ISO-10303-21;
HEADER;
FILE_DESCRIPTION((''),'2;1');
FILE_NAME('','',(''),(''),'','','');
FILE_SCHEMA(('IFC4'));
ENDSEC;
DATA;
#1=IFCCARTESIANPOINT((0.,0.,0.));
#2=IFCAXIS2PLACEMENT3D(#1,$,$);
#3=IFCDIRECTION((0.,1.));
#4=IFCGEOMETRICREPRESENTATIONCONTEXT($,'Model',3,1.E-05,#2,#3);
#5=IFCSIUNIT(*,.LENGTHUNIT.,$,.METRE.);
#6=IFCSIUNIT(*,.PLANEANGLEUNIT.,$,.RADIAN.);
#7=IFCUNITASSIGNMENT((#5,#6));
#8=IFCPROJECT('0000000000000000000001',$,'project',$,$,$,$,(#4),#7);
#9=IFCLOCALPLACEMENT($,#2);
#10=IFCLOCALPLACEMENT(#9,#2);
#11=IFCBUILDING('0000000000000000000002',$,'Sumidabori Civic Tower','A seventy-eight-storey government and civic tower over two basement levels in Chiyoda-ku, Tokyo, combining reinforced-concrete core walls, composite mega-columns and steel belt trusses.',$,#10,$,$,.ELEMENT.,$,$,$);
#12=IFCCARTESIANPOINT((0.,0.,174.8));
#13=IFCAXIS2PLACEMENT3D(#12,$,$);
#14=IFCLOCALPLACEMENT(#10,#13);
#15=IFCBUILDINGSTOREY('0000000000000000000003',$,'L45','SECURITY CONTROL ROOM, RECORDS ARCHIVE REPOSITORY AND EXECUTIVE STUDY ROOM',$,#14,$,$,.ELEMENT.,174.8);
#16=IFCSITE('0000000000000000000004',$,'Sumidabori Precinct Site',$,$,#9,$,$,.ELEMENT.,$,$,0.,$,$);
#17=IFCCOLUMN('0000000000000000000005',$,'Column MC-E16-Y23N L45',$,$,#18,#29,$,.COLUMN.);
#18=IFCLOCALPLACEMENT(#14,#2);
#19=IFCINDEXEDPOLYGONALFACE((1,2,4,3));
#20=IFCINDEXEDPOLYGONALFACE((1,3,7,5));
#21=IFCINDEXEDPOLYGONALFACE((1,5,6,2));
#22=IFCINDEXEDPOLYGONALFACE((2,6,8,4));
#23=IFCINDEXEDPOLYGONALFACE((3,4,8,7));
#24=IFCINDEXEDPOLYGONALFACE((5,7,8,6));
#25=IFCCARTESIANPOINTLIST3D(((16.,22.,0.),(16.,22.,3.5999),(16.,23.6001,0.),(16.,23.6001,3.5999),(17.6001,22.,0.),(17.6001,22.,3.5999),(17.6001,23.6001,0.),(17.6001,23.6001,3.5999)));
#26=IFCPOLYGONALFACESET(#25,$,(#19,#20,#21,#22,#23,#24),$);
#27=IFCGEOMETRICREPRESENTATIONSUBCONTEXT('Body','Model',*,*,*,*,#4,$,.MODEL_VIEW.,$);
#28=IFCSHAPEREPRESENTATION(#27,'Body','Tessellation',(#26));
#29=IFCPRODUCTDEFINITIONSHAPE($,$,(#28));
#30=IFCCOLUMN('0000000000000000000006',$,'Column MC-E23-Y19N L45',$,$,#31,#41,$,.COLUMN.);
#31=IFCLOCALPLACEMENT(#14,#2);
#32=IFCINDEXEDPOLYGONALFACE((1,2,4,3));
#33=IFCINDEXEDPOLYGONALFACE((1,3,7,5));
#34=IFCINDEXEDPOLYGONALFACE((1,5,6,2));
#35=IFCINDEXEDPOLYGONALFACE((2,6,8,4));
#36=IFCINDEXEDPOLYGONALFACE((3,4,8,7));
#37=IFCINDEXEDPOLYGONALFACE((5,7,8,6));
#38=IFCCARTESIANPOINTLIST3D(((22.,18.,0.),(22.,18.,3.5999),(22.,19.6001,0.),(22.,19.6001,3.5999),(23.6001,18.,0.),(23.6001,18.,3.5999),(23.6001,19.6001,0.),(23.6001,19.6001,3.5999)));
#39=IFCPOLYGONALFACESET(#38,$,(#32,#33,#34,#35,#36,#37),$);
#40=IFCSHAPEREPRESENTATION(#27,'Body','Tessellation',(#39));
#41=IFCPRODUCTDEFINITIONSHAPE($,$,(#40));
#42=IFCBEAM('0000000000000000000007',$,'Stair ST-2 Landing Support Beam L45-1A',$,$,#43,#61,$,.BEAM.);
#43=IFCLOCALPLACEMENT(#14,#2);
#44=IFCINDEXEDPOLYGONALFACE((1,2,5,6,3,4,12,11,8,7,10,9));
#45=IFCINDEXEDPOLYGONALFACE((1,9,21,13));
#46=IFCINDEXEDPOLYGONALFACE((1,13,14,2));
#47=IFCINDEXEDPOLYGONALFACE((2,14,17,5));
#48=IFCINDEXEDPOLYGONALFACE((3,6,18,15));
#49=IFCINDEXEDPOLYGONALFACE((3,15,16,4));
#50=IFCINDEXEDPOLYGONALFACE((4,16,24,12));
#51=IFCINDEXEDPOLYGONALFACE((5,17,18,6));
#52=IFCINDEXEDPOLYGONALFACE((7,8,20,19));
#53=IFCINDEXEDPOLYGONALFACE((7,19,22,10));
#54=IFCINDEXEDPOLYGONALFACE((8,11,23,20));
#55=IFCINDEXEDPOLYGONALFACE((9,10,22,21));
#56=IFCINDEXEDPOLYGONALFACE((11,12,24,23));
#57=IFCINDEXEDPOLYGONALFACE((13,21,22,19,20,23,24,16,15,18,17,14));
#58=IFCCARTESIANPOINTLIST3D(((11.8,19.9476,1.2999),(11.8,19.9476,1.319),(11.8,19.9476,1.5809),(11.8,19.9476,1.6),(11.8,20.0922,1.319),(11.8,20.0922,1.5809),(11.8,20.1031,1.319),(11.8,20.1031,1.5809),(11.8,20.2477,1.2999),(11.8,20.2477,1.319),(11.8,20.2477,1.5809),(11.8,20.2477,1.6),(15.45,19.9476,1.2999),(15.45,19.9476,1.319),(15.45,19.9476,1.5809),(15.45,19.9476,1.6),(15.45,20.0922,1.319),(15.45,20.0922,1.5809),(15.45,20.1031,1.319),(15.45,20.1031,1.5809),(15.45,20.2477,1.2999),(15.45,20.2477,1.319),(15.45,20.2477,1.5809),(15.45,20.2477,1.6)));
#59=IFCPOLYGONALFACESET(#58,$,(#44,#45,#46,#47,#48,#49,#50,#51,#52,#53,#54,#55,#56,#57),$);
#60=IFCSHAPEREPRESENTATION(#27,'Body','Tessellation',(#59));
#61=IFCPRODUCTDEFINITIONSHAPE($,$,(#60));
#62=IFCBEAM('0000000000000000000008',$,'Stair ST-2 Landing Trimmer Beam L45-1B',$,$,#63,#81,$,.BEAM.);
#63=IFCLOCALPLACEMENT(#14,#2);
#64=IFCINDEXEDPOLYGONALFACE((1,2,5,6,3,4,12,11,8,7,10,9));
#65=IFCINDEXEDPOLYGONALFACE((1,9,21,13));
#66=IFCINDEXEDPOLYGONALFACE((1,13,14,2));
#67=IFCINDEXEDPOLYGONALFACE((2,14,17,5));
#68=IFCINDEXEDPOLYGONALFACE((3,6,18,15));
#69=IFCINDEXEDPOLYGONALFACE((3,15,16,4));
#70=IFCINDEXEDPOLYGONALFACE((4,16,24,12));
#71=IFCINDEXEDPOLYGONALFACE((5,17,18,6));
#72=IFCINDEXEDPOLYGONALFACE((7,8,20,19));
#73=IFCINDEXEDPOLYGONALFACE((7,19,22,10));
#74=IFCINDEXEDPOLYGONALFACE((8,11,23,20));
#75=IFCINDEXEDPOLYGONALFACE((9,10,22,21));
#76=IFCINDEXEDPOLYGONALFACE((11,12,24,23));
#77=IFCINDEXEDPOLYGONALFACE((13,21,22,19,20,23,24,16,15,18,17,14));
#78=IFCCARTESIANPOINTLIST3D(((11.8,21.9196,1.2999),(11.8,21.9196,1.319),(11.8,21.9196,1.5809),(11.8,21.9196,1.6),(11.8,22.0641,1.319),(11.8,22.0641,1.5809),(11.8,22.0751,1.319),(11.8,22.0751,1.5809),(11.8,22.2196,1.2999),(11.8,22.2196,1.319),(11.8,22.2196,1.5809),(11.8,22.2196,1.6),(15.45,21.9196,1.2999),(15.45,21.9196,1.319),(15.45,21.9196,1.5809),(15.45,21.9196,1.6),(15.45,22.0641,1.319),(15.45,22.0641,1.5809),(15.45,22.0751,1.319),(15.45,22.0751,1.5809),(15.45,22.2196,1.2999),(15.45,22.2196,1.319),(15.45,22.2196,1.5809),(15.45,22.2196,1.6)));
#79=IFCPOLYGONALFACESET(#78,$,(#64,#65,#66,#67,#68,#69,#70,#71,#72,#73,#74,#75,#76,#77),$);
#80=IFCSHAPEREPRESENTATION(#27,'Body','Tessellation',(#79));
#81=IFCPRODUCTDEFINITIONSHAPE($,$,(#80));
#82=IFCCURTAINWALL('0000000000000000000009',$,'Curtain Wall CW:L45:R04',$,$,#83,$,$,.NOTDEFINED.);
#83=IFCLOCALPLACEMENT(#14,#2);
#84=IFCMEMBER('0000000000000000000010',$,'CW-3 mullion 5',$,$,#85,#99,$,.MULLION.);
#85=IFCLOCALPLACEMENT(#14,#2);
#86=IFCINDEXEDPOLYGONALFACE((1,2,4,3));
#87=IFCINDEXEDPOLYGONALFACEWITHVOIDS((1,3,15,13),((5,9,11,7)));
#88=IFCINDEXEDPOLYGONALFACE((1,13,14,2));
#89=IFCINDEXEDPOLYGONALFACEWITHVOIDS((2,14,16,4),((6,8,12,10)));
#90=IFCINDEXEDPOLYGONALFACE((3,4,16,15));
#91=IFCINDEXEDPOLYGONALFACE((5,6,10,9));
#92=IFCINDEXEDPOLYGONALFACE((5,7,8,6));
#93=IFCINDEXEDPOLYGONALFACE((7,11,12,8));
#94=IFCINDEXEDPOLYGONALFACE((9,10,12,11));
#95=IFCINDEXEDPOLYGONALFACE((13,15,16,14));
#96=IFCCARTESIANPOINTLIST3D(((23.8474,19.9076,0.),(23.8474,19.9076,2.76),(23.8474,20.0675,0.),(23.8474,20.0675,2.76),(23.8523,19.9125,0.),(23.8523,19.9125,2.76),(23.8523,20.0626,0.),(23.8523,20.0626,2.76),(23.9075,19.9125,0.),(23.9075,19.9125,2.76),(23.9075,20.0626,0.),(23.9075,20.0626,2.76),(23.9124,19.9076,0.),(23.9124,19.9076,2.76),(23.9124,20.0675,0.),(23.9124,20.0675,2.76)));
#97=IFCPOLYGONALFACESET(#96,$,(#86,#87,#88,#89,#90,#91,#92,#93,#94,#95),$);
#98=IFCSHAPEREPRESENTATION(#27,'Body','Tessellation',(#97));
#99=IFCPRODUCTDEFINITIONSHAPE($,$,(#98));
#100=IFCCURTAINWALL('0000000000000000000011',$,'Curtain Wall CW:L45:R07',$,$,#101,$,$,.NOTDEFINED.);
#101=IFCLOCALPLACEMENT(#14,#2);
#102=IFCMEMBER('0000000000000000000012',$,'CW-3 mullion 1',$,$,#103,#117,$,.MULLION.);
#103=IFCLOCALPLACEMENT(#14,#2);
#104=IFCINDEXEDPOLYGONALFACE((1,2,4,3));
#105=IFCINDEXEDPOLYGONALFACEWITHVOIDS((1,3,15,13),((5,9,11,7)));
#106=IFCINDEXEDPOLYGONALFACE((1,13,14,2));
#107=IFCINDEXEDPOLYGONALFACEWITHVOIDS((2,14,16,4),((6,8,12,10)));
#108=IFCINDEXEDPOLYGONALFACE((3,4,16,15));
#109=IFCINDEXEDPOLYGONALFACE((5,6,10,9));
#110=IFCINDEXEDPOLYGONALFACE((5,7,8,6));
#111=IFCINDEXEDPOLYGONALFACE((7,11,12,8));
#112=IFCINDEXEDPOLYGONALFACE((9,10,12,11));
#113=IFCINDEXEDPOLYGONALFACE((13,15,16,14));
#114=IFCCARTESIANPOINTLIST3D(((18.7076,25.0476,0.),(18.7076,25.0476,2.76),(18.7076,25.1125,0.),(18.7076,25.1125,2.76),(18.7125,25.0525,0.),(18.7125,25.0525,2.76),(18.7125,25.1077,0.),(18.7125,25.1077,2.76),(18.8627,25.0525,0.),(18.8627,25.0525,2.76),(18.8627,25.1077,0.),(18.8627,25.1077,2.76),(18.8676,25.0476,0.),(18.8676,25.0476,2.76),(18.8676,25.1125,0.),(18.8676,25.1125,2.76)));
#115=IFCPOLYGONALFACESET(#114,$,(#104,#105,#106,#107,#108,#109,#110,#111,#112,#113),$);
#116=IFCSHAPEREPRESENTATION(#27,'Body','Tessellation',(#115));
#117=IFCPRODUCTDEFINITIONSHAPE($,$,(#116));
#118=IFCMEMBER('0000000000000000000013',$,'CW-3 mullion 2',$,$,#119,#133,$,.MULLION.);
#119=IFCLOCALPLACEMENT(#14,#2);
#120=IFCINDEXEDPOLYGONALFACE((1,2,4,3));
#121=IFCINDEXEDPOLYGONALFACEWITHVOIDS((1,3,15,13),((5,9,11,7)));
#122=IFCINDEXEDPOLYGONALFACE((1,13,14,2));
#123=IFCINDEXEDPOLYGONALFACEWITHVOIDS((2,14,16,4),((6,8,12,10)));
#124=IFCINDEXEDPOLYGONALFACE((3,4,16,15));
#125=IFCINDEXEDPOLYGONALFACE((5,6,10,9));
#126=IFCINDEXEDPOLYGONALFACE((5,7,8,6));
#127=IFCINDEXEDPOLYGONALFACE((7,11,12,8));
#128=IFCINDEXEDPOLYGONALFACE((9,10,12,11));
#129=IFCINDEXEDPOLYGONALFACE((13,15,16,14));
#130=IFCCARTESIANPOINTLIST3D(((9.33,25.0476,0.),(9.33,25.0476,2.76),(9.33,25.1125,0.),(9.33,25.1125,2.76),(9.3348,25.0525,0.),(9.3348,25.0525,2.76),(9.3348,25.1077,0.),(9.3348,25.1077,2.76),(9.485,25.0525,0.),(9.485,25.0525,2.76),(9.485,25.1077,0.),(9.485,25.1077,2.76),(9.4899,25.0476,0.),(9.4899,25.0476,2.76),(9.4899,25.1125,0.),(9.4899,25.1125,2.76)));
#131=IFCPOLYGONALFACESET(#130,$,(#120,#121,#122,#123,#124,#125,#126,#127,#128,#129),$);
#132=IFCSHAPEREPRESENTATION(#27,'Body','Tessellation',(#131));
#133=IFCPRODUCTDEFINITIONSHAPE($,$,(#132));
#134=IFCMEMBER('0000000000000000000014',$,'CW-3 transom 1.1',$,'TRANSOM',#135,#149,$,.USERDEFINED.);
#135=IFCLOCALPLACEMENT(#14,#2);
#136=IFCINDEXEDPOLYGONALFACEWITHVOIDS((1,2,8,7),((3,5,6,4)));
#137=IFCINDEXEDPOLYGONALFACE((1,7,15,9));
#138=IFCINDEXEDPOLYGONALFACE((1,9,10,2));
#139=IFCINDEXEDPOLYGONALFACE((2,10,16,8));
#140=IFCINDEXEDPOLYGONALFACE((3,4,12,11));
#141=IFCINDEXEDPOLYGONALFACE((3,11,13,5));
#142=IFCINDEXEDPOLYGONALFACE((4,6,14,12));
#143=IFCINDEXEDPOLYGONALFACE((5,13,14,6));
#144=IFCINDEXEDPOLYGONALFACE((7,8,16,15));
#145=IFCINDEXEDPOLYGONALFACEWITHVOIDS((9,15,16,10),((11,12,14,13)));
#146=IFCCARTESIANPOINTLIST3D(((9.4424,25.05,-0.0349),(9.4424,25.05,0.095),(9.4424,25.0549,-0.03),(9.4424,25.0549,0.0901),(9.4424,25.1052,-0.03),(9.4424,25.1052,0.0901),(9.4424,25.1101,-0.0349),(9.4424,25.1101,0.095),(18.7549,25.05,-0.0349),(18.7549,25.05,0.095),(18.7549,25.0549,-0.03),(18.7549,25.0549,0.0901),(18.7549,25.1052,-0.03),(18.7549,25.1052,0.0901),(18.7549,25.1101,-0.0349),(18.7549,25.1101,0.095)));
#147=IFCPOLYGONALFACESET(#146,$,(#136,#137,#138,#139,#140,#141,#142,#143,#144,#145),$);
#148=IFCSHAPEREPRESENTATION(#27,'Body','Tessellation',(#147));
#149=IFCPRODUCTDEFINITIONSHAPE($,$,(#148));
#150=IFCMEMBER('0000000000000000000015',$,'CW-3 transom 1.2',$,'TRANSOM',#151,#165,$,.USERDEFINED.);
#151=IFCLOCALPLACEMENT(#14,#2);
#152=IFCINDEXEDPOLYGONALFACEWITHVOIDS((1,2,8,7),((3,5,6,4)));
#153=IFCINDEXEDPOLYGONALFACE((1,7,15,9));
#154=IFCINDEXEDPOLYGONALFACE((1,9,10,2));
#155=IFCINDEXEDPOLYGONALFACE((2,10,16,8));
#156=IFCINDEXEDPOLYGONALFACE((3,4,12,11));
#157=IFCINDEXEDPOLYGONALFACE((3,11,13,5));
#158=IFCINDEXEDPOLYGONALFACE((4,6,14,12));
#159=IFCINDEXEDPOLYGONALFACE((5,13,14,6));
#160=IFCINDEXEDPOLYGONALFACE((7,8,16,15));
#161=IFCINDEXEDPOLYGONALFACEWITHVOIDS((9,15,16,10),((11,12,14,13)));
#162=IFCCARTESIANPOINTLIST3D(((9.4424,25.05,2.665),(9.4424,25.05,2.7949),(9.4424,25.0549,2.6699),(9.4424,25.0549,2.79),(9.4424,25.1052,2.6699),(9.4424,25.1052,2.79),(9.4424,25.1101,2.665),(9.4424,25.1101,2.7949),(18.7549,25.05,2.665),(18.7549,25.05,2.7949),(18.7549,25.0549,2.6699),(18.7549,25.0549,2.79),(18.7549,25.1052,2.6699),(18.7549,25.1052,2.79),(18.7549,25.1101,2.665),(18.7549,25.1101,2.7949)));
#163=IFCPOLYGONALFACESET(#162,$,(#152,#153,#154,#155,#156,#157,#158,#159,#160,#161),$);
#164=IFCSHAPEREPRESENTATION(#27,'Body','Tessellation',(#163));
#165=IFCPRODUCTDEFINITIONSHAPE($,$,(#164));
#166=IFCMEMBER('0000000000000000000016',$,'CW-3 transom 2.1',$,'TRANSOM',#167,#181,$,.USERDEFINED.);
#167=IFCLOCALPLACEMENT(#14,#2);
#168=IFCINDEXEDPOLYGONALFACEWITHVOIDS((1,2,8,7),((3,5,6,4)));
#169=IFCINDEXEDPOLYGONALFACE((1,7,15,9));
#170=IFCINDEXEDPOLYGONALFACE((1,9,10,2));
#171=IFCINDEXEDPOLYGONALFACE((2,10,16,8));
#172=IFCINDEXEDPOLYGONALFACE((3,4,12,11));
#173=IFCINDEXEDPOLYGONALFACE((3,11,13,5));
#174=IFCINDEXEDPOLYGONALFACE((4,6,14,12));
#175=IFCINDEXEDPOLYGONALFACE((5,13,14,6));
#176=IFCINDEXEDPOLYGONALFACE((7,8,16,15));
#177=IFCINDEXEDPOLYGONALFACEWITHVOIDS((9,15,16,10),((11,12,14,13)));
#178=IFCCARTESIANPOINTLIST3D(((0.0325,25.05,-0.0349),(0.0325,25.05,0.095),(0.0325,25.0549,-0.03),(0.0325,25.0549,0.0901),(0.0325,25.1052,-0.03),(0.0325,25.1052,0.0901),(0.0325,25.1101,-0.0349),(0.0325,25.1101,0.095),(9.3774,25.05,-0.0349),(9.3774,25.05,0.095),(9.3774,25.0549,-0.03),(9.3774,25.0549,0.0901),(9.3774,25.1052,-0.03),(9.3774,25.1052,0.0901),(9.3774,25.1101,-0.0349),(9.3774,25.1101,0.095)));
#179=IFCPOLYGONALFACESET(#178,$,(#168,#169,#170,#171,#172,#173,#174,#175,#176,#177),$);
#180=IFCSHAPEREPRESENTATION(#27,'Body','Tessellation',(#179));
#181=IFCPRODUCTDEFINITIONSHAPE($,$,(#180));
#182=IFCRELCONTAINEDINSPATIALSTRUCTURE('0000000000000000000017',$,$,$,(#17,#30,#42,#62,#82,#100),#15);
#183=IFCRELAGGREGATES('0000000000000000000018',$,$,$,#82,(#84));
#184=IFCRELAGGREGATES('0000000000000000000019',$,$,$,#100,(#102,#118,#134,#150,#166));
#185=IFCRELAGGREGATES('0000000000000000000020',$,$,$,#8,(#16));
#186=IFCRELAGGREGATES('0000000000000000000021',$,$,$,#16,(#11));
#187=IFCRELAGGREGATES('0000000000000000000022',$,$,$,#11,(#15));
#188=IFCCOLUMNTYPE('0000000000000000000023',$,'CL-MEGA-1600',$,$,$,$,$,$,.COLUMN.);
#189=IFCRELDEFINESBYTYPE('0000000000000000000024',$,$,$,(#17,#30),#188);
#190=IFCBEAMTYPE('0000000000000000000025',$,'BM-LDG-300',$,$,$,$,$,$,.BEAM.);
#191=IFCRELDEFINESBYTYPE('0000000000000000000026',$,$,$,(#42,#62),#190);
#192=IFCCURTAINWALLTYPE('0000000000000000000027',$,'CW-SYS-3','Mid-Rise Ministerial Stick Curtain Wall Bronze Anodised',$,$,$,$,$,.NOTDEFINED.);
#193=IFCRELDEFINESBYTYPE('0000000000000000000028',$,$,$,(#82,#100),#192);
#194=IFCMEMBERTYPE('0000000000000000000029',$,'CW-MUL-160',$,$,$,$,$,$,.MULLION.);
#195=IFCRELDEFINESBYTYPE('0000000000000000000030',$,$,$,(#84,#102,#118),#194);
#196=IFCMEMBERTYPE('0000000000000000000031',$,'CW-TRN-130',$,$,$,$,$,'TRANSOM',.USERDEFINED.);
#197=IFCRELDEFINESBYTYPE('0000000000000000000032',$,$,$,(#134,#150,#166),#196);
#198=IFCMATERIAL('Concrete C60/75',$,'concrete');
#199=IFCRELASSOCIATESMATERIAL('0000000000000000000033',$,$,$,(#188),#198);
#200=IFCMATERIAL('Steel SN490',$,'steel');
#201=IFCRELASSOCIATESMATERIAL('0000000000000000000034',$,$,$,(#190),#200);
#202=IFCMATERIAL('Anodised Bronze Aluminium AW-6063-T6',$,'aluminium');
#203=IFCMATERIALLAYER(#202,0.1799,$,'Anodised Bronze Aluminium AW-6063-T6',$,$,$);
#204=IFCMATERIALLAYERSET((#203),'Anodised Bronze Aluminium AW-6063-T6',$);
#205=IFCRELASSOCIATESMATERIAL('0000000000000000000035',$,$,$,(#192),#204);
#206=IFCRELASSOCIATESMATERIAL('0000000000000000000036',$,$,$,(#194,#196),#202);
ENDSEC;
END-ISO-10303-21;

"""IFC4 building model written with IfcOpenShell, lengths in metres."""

from ifc_helpers import new_model, si_unit, direction, frame, origin, origin_2d, place, context, subcontext, project, spatial, rectangle, hollow_rectangle, i_section, extrude, source, transform, mapped, material, layer, layer_set, material_profile, profile_set, type_object, element, aggregate, save


model = new_model("IFC4")

# Units and contexts
model_context = context("Model", 3, precision=1e-05, world=origin(), true_north=direction((0.0, 1.0)))
body_context = subcontext(model_context, "Body", "Model", "MODEL_VIEW")
ifc_project = project(units=[si_unit("LENGTHUNIT", "METRE"), si_unit("PLANEANGLEUNIT", "RADIAN")], contexts=[model_context])

# Site, building, storey
site_placement = place(None, origin())
site = spatial("IfcSite", under=ifc_project, at=site_placement, Name="Sumidabori Precinct Site", CompositionType="ELEMENT", RefElevation=0.0)
building_placement = place(site_placement, origin())
building = spatial("IfcBuilding", under=site, at=building_placement, Name="Sumidabori Civic Tower", Description="A seventy-eight-storey government and civic tower over two basement levels in Chiyoda-ku, Tokyo, combining reinforced-concrete core walls, composite mega-columns and steel belt trusses.", CompositionType="ELEMENT")
storey_placement = place(building_placement, frame((0.0, 0.0, 174.8)))
storey = spatial("IfcBuildingStorey", under=building, at=storey_placement, Name="L45", Description="SECURITY CONTROL ROOM, RECORDS ARCHIVE REPOSITORY AND EXECUTIVE STUDY ROOM", CompositionType="ELEMENT", Elevation=174.8)

# Columns
ifc_material_1 = material(Name="Concrete C60/75", Category="concrete")
ifc_material_profile_1 = material_profile(ifc_material_1, rectangle(XDim=1.6001, YDim=1.6001, at=origin_2d()), Name="RC 1600x1600")
ifc_profile_set_1 = profile_set([ifc_material_profile_1], Name="Concrete C60/75")
column_type = type_object("IfcColumnType", Name="CL-MEGA-1600", PredefinedType="COLUMN", material=ifc_profile_set_1)
shared_shape_1 = source(origin(), body_context, "Body", "SweptSolid", [
    extrude(rectangle(XDim=1.6001, YDim=1.6001, at=origin_2d()), origin(), (0.0, 0.0, 1.0), 3.5999),
])
for number, where, z_axis, x_axis, name in (
    (1, (16.8, 22.8, 0.0), (0.0, 0.0, 1.0), (1.0, 0.0, 0.0), "Column MC-E16-Y23N L45"),
    (2, (22.8, 18.8, 0.0), (0.0, 0.0, 1.0), (1.0, 0.0, 0.0), "Column MC-E23-Y19N L45"),
):
    element("IfcColumn", number, at=place(storey_placement, frame(where, z_axis=z_axis, x_axis=x_axis)), inside=storey, type_object=column_type, Name=name, PredefinedType="COLUMN", context=body_context, shape_type="MappedRepresentation", body=[
        mapped(shared_shape_1, transform((0.0, 0.0, 0.0), x_axis=(1.0, 0.0, 0.0), y_axis=(0.0, 1.0, 0.0), z_axis=(0.0, 0.0, 1.0), scale=1.0)),
    ])

# Beams
ifc_material_2 = material(Name="Steel SN490", Category="steel")
ifc_material_profile_2 = material_profile(ifc_material_2, i_section(OverallWidth=0.3, OverallDepth=0.3, WebThickness=0.011, FlangeThickness=0.019, at=origin_2d()), Name="HE 300 B")
ifc_profile_set_2 = profile_set([ifc_material_profile_2], Name="Steel SN490")
beam_type = type_object("IfcBeamType", Name="BM-LDG-300", PredefinedType="BEAM", material=ifc_profile_set_2)
shared_shape_2 = source(origin(), body_context, "Body", "SweptSolid", [
    extrude(i_section(OverallWidth=0.3, OverallDepth=0.3, WebThickness=0.011, FlangeThickness=0.019, at=origin_2d()), origin(), (0.0, 0.0, 1.0), 3.6499),
])
for number, where, z_axis, x_axis, name in (
    (3, (11.8, 20.0977, 1.45), (1.0, 0.0, 0.0), (0.0, 1.0, 0.0), "Stair ST-2 Landing Support Beam L45-1A"),
    (4, (11.8, 22.0696, 1.45), (1.0, 0.0, 0.0), (0.0, 1.0, 0.0), "Stair ST-2 Landing Trimmer Beam L45-1B"),
):
    element("IfcBeam", number, at=place(storey_placement, frame(where, z_axis=z_axis, x_axis=x_axis)), inside=storey, type_object=beam_type, Name=name, PredefinedType="BEAM", context=body_context, shape_type="MappedRepresentation", body=[
        mapped(shared_shape_2, transform((0.0, 0.0, 0.0), x_axis=(1.0, 0.0, 0.0), y_axis=(0.0, 1.0, 0.0), z_axis=(0.0, 0.0, 1.0), scale=1.0)),
    ])

# Curtain wall, member
ifc_material_3 = material(Name="Anodised Bronze Aluminium AW-6063-T6", Category="aluminium")
ifc_layer_1 = layer(ifc_material_3, 0.1799, Name="Anodised Bronze Aluminium AW-6063-T6")
ifc_layer_set_1 = layer_set([ifc_layer_1], Name="Anodised Bronze Aluminium AW-6063-T6")
curtain_wall_type = type_object("IfcCurtainWallType", Name="CW-SYS-3", Description="Mid-Rise Ministerial Stick Curtain Wall Bronze Anodised", PredefinedType="NOTDEFINED", material=ifc_layer_set_1)
curtain_wall_1_placement = place(storey_placement, origin())
curtain_wall_1 = element("IfcCurtainWall", 5, at=curtain_wall_1_placement, inside=storey, type_object=curtain_wall_type, Name="Curtain Wall CW:L45:R04", PredefinedType="NOTDEFINED")
ifc_material_profile_3 = material_profile(ifc_material_3, hollow_rectangle(XDim=0.0649, YDim=0.1599, WallThickness=0.0049, at=origin_2d()), Name="ALU MULLION 160x65")
ifc_profile_set_3 = profile_set([ifc_material_profile_3], Name="Anodised Bronze Aluminium AW-6063-T6")
member_type_1 = type_object("IfcMemberType", Name="CW-MUL-160", PredefinedType="MULLION", material=ifc_profile_set_3)
shared_shape_3 = source(origin(), body_context, "Body", "SweptSolid", [
    extrude(hollow_rectangle(XDim=0.0649, YDim=0.1599, WallThickness=0.0049, at=origin_2d()), origin(), (0.0, 0.0, 1.0), 2.76),
])
member_1_placement = place(storey_placement, frame((23.8799, 19.9875, 0.0), z_axis=(0.0, 0.0, 1.0), x_axis=(-1.0, 0.0, 0.0)))
member_1 = element("IfcMember", 6, at=member_1_placement, type_object=member_type_1, Name="CW-3 mullion 5", PredefinedType="MULLION", context=body_context, shape_type="MappedRepresentation", body=[
    mapped(shared_shape_3, transform((0.0, 0.0, 0.0), x_axis=(1.0, 0.0, 0.0), y_axis=(0.0, 1.0, 0.0), z_axis=(0.0, 0.0, 1.0), scale=1.0)),
])

# Curtain wall, members
curtain_wall_2_placement = place(storey_placement, origin())
curtain_wall_2 = element("IfcCurtainWall", 7, at=curtain_wall_2_placement, inside=storey, type_object=curtain_wall_type, Name="Curtain Wall CW:L45:R07", PredefinedType="NOTDEFINED")
member_2_placement = place(storey_placement, frame((18.7876, 25.0801, 0.0), z_axis=(0.0, 0.0, 1.0), x_axis=(0.0, -1.0, 0.0)))
member_2 = element("IfcMember", 8, at=member_2_placement, type_object=member_type_1, Name="CW-3 mullion 1", PredefinedType="MULLION", context=body_context, shape_type="MappedRepresentation", body=[
    mapped(shared_shape_3, transform((0.0, 0.0, 0.0), x_axis=(1.0, 0.0, 0.0), y_axis=(0.0, 1.0, 0.0), z_axis=(0.0, 0.0, 1.0), scale=1.0)),
])
member_3_placement = place(storey_placement, frame((9.4099, 25.0801, 0.0), z_axis=(0.0, 0.0, 1.0), x_axis=(0.0, -1.0, 0.0)))
member_3 = element("IfcMember", 9, at=member_3_placement, type_object=member_type_1, Name="CW-3 mullion 2", PredefinedType="MULLION", context=body_context, shape_type="MappedRepresentation", body=[
    mapped(shared_shape_3, transform((0.0, 0.0, 0.0), x_axis=(1.0, 0.0, 0.0), y_axis=(0.0, 1.0, 0.0), z_axis=(0.0, 0.0, 1.0), scale=1.0)),
])
ifc_material_profile_4 = material_profile(ifc_material_3, hollow_rectangle(XDim=0.0601, YDim=0.1299, WallThickness=0.0049, at=origin_2d()), Name="ALU TRANSOM 130x60")
ifc_profile_set_4 = profile_set([ifc_material_profile_4], Name="Anodised Bronze Aluminium AW-6063-T6")
member_type_2 = type_object("IfcMemberType", Name="CW-TRN-130", ElementType="TRANSOM", PredefinedType="USERDEFINED", material=ifc_profile_set_4)
shared_shape_4 = source(origin(), body_context, "Body", "SweptSolid", [
    extrude(hollow_rectangle(XDim=0.0601, YDim=0.1299, WallThickness=0.0049, at=origin_2d()), origin(), (0.0, 0.0, 1.0), 9.3125),
])
member_4_placement = place(storey_placement, frame((18.7549, 25.0801, 0.03), z_axis=(-1.0, 0.0, 0.0), x_axis=(0.0, -1.0, 0.0)))
member_4 = element("IfcMember", 10, at=member_4_placement, type_object=member_type_2, Name="CW-3 transom 1.1", ObjectType="TRANSOM", PredefinedType="USERDEFINED", context=body_context, shape_type="MappedRepresentation", body=[
    mapped(shared_shape_4, transform((0.0, 0.0, 0.0), x_axis=(1.0, 0.0, 0.0), y_axis=(0.0, 1.0, 0.0), z_axis=(0.0, 0.0, 1.0), scale=1.0)),
])
member_5_placement = place(storey_placement, frame((18.7549, 25.0801, 2.73), z_axis=(-1.0, 0.0, 0.0), x_axis=(0.0, -1.0, 0.0)))
member_5 = element("IfcMember", 11, at=member_5_placement, type_object=member_type_2, Name="CW-3 transom 1.2", ObjectType="TRANSOM", PredefinedType="USERDEFINED", context=body_context, shape_type="MappedRepresentation", body=[
    mapped(shared_shape_4, transform((0.0, 0.0, 0.0), x_axis=(1.0, 0.0, 0.0), y_axis=(0.0, 1.0, 0.0), z_axis=(0.0, 0.0, 1.0), scale=1.0)),
])
shared_shape_5 = source(origin(), body_context, "Body", "SweptSolid", [
    extrude(hollow_rectangle(XDim=0.0601, YDim=0.1299, WallThickness=0.0049, at=origin_2d()), origin(), (0.0, 0.0, 1.0), 9.345),
])
member_6_placement = place(storey_placement, frame((9.3774, 25.0801, 0.03), z_axis=(-1.0, 0.0, 0.0), x_axis=(0.0, -1.0, 0.0)))
member_6 = element("IfcMember", 12, at=member_6_placement, type_object=member_type_2, Name="CW-3 transom 2.1", ObjectType="TRANSOM", PredefinedType="USERDEFINED", context=body_context, shape_type="MappedRepresentation", body=[
    mapped(shared_shape_5, transform((0.0, 0.0, 0.0), x_axis=(1.0, 0.0, 0.0), y_axis=(0.0, 1.0, 0.0), z_axis=(0.0, 0.0, 1.0), scale=1.0)),
])

aggregate(curtain_wall_1, [member_1])
aggregate(curtain_wall_2, [member_2, member_3, member_4, member_5, member_6])

save(model, "model.ifc")
